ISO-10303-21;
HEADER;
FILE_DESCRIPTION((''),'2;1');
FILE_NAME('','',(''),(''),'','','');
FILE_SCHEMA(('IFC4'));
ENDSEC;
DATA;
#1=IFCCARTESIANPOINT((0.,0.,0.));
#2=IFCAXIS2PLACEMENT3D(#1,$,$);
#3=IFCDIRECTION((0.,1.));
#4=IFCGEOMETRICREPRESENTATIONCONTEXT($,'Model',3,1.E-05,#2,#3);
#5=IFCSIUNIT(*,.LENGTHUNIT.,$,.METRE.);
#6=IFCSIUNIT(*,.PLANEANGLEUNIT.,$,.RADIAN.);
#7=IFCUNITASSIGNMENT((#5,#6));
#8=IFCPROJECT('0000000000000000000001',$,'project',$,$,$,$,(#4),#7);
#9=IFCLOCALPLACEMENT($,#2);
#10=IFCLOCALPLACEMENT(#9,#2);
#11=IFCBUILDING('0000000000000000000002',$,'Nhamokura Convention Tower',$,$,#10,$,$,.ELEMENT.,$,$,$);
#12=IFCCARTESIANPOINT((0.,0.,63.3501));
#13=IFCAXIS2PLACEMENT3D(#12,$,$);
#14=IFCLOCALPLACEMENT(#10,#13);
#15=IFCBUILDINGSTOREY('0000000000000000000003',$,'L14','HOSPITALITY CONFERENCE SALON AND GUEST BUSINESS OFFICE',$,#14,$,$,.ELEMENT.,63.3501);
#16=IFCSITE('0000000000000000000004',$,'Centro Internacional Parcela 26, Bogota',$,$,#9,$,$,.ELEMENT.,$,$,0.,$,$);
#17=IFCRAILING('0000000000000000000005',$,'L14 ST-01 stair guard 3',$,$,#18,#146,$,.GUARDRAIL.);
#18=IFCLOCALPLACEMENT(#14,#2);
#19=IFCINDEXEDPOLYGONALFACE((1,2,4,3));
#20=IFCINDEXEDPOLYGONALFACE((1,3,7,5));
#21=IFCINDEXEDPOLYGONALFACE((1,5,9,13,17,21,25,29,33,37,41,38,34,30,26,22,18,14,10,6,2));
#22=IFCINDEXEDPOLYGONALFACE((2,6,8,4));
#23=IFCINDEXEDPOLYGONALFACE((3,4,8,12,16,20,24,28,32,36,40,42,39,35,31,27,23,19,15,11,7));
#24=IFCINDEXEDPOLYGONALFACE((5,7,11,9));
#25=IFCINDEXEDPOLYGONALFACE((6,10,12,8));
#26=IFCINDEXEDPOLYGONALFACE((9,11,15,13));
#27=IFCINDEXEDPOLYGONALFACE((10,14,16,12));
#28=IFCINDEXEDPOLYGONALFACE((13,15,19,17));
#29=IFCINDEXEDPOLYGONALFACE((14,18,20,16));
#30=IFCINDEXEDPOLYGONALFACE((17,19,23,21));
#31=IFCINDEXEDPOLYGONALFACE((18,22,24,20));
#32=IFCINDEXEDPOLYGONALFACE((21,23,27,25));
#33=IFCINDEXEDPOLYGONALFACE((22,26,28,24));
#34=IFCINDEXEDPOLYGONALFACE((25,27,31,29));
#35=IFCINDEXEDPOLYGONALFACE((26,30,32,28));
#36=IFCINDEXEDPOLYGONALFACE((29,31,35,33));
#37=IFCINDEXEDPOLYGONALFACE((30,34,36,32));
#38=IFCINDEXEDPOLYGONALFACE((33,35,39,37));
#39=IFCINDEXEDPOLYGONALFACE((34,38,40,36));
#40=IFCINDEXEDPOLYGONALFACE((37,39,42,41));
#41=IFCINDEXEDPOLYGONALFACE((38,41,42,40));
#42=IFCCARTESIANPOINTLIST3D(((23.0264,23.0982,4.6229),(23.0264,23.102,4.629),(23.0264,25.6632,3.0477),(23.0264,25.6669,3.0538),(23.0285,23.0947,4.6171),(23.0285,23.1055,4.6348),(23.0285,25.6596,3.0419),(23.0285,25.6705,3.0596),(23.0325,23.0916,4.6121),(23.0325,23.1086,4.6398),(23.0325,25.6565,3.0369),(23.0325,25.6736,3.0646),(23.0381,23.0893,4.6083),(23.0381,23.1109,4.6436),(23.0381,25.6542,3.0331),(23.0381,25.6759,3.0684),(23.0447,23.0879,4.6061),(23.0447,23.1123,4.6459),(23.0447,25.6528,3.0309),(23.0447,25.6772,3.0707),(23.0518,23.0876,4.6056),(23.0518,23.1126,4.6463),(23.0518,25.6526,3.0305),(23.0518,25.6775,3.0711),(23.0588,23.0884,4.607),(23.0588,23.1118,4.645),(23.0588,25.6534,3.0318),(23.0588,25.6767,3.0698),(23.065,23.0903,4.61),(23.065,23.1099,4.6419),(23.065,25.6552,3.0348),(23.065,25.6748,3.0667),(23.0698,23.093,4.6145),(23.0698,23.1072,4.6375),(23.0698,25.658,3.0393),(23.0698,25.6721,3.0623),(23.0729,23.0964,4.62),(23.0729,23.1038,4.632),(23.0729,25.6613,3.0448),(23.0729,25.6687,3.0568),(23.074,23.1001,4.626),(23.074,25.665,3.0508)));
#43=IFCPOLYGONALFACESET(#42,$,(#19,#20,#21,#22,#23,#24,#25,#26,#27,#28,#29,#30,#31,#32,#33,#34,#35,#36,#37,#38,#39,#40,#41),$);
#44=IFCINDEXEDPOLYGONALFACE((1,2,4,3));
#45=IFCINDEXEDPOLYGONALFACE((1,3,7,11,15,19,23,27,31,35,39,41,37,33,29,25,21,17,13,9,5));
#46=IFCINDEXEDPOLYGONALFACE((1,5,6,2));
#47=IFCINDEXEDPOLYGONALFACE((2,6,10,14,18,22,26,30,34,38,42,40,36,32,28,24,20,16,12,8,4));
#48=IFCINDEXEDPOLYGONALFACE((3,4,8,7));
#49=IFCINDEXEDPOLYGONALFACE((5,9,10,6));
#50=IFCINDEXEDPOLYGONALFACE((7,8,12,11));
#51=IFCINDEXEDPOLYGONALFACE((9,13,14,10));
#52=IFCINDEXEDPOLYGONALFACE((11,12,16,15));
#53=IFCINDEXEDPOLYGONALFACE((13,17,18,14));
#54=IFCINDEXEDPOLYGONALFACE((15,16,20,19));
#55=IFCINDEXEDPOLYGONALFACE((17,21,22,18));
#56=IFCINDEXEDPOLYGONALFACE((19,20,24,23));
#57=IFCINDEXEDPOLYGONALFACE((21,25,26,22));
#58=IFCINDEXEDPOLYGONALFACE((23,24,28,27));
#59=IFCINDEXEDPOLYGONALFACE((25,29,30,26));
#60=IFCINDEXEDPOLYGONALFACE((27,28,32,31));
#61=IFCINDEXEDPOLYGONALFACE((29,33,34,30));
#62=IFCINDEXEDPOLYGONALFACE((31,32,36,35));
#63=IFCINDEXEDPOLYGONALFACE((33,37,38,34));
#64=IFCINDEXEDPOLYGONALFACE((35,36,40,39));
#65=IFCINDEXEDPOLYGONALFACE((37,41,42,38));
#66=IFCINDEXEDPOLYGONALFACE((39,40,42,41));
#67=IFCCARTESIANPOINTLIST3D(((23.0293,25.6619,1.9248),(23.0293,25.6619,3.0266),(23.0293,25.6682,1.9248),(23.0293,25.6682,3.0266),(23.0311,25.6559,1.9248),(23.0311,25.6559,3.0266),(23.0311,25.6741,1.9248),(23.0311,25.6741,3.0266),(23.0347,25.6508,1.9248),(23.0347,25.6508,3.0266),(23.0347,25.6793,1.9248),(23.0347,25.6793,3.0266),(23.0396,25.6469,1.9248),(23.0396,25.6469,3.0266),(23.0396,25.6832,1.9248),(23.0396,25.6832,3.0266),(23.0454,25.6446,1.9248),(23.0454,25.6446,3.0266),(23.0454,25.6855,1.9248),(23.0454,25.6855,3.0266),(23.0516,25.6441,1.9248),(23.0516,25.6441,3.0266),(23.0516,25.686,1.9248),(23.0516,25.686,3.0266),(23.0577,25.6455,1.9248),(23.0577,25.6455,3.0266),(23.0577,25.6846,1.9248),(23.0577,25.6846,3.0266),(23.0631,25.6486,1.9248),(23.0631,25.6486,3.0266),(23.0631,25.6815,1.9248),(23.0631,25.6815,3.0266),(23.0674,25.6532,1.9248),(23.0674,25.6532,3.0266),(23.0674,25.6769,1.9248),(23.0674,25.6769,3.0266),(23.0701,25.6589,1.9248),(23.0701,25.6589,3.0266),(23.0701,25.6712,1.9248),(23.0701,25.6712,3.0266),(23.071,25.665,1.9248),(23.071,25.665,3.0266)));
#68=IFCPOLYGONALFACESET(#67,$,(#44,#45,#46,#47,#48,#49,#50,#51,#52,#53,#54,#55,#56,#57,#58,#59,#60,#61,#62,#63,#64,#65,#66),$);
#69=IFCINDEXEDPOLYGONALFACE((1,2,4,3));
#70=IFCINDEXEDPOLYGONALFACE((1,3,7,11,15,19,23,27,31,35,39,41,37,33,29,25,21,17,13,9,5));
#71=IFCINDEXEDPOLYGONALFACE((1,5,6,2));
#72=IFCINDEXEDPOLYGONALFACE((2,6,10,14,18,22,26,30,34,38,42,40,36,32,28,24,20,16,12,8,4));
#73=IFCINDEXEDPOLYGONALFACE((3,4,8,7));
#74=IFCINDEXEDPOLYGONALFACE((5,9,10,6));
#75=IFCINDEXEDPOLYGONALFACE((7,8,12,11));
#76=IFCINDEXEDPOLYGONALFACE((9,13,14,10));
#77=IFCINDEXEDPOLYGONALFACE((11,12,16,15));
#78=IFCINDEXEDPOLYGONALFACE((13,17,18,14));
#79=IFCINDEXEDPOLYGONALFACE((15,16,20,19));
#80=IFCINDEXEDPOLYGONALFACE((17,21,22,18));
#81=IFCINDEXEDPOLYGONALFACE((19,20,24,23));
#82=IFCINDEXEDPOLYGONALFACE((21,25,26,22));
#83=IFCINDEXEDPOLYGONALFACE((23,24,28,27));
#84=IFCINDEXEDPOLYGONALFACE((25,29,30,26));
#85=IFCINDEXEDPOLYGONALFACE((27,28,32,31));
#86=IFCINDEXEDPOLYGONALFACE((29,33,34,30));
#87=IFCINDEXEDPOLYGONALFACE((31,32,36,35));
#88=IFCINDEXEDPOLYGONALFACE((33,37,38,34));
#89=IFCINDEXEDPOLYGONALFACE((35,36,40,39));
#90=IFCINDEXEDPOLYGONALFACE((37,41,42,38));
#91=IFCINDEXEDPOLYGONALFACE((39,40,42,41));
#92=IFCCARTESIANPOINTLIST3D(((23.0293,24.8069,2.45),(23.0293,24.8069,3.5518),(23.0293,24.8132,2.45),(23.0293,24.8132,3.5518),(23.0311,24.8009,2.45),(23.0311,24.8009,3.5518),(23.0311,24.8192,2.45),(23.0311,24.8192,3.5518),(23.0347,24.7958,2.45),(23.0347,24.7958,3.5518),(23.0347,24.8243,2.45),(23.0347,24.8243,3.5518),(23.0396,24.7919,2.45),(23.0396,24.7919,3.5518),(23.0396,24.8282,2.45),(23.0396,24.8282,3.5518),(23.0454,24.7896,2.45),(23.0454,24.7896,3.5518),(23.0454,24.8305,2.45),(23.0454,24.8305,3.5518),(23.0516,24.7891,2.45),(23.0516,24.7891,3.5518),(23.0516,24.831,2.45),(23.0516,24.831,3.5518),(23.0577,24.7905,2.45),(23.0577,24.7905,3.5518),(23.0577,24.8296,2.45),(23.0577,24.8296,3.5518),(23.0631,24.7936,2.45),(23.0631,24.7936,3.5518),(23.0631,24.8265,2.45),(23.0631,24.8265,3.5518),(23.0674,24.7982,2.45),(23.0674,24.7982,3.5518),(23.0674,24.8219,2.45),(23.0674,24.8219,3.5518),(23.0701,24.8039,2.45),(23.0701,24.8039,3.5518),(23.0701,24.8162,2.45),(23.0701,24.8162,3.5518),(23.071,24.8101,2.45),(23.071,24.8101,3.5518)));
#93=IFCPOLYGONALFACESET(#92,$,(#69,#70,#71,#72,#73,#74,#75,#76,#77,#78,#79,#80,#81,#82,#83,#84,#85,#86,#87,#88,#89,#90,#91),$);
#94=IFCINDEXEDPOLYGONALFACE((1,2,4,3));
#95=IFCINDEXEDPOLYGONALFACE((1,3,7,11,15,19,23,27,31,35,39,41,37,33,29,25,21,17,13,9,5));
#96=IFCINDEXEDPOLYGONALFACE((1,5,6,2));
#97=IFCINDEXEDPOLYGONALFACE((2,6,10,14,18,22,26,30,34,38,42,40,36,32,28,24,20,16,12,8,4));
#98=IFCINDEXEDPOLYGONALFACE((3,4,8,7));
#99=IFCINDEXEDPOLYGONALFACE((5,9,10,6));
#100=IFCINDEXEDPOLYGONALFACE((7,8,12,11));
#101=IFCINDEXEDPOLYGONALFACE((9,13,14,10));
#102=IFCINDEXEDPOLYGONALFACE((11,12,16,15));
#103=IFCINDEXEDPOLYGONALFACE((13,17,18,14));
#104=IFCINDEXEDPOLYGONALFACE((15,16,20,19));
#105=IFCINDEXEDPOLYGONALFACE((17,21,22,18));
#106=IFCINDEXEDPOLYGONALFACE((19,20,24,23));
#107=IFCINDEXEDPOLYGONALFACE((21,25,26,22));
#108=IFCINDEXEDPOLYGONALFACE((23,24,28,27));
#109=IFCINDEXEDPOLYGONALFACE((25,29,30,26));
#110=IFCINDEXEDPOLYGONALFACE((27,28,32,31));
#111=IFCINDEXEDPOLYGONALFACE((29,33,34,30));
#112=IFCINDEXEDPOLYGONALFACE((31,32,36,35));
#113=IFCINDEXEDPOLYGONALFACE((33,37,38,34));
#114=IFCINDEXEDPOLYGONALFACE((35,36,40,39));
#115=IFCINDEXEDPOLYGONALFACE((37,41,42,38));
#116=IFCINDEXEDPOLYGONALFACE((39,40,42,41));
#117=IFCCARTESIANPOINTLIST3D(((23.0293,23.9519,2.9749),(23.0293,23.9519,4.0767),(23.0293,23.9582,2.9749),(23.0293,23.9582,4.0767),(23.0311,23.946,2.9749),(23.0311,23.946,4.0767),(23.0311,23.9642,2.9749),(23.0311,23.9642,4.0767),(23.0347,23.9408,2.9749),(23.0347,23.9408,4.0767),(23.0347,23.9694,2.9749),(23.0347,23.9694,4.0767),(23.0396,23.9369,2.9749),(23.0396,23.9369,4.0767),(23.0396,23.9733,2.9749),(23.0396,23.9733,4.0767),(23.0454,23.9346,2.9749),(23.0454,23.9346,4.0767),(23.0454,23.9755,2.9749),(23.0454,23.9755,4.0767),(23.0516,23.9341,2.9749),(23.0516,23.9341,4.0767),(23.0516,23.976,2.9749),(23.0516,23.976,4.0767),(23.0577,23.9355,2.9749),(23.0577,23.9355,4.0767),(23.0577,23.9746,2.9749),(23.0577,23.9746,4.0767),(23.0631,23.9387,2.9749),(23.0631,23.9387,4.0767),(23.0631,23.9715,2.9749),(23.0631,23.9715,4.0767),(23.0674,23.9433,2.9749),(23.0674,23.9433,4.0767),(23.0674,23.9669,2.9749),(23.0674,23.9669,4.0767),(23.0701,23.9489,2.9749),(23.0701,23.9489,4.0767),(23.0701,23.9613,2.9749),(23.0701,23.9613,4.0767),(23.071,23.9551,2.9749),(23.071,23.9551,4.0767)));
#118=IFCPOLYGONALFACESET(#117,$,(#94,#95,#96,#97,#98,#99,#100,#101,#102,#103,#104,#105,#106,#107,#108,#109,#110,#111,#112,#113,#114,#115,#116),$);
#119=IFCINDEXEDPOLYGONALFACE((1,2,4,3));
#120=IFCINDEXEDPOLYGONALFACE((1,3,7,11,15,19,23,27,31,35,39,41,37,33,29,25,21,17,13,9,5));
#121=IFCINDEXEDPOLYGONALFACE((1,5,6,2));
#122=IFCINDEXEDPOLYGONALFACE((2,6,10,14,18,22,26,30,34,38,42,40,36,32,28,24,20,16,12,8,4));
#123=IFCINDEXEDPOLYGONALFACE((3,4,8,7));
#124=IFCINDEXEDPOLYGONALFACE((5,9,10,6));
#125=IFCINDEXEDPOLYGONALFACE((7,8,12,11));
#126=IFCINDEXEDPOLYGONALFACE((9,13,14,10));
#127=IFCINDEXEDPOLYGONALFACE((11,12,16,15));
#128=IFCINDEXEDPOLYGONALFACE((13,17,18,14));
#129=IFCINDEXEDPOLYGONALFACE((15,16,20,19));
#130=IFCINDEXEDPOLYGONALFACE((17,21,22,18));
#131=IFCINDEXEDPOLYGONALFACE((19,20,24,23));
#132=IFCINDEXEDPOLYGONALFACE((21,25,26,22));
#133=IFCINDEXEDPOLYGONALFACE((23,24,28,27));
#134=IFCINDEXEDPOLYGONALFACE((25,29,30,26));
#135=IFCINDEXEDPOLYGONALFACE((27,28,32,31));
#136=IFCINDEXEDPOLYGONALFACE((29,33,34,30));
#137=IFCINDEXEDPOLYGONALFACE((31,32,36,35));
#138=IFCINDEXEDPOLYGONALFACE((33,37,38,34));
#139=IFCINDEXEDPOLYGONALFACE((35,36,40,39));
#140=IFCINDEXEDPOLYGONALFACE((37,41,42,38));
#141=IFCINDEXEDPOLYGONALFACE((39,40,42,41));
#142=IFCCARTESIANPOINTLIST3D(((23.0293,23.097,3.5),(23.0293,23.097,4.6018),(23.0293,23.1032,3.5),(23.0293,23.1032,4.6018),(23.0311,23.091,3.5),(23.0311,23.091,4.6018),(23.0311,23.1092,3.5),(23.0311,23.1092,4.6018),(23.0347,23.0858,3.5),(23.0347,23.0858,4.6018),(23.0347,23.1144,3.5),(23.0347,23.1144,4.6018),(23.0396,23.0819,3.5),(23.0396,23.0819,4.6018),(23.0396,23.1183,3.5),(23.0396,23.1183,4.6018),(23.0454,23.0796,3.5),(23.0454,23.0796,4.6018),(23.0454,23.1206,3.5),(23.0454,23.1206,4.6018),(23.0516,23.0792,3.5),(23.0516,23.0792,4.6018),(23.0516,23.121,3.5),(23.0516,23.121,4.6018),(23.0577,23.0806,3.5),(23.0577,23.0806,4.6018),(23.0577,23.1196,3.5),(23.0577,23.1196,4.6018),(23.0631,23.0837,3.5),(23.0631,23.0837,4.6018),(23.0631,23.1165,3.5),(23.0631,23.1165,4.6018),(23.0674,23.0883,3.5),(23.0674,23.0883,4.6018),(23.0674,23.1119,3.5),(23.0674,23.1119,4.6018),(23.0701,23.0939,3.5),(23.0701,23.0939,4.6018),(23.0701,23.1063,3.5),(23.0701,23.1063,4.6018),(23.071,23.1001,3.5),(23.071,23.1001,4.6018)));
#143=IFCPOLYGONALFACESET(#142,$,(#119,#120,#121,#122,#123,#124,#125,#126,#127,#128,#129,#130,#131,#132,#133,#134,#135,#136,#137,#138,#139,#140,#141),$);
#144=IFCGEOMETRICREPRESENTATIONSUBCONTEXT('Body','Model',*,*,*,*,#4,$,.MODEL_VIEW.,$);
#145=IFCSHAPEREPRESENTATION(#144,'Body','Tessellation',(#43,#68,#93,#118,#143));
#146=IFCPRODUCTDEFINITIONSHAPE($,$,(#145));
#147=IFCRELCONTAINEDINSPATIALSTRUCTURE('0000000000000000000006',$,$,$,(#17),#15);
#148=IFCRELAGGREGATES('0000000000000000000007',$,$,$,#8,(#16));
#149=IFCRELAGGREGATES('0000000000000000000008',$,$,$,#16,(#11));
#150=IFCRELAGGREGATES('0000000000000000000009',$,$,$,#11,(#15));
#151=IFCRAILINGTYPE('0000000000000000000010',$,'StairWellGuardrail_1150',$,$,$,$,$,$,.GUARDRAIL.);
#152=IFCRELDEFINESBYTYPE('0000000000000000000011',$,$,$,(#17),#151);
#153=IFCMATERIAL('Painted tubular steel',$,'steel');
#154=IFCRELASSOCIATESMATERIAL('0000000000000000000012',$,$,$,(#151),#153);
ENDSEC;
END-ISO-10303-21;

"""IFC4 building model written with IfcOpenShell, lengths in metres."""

from ifc_helpers import new_model, si_unit, direction, frame, origin, origin_2d, place, context, subcontext, project, spatial, circle, extrude, material, type_object, element, save


model = new_model("IFC4")

# Units and contexts
model_context = context("Model", 3, precision=1e-05, world=origin(), true_north=direction((0.0, 1.0)))
body_context = subcontext(model_context, "Body", "Model", "MODEL_VIEW")
ifc_project = project(units=[si_unit("LENGTHUNIT", "METRE"), si_unit("PLANEANGLEUNIT", "RADIAN")], contexts=[model_context])

# Site, building, storey
site_placement = place(None, origin())
site = spatial("IfcSite", under=ifc_project, at=site_placement, Name="Centro Internacional Parcela 26, Bogota", CompositionType="ELEMENT", RefElevation=0.0)
building_placement = place(site_placement, origin())
building = spatial("IfcBuilding", under=site, at=building_placement, Name="Nhamokura Convention Tower", CompositionType="ELEMENT")
storey_placement = place(building_placement, frame((0.0, 0.0, 63.3501)))
storey = spatial("IfcBuildingStorey", under=building, at=storey_placement, Name="L14", Description="HOSPITALITY CONFERENCE SALON AND GUEST BUSINESS OFFICE", CompositionType="ELEMENT", Elevation=63.3501)

# Railing
ifc_material_1 = material(Name="Painted tubular steel", Category="steel")
railing_type_1 = type_object("IfcRailingType", Name="StairWellGuardrail_1150", PredefinedType="GUARDRAIL", material=ifc_material_1)
railing_1_placement = place(storey_placement, frame((23.05, 25.665, 1.9248)))
element("IfcRailing", 1, at=railing_1_placement, inside=storey, type_object=railing_type_1, Name="L14 ST-01 stair guard 3", PredefinedType="GUARDRAIL", context=body_context, shape_type="SweptSolid", body=[
    extrude(circle(Radius=0.0239, at=origin_2d()), frame((0.0, 0.0, 1.126), z_axis=(0.0, -0.852137, 0.523319), x_axis=(1.0, 0.0, 0.0)), (0.0, 0.0, 1.0), 3.01),
    extrude(circle(Radius=0.021, at=origin_2d()), origin(), (0.0, 0.0, 1.0), 1.1018),
    extrude(circle(Radius=0.021, at=origin_2d()), frame((0.0, -0.855, 0.5251)), (0.0, 0.0, 1.0), 1.1018),
    extrude(circle(Radius=0.021, at=origin_2d()), frame((0.0, -1.71, 1.05)), (0.0, 0.0, 1.0), 1.1018),
    extrude(circle(Radius=0.021, at=origin_2d()), frame((0.0, -2.5649, 1.5752)), (0.0, 0.0, 1.0), 1.1018),
])

save(model, "model.ifc")
